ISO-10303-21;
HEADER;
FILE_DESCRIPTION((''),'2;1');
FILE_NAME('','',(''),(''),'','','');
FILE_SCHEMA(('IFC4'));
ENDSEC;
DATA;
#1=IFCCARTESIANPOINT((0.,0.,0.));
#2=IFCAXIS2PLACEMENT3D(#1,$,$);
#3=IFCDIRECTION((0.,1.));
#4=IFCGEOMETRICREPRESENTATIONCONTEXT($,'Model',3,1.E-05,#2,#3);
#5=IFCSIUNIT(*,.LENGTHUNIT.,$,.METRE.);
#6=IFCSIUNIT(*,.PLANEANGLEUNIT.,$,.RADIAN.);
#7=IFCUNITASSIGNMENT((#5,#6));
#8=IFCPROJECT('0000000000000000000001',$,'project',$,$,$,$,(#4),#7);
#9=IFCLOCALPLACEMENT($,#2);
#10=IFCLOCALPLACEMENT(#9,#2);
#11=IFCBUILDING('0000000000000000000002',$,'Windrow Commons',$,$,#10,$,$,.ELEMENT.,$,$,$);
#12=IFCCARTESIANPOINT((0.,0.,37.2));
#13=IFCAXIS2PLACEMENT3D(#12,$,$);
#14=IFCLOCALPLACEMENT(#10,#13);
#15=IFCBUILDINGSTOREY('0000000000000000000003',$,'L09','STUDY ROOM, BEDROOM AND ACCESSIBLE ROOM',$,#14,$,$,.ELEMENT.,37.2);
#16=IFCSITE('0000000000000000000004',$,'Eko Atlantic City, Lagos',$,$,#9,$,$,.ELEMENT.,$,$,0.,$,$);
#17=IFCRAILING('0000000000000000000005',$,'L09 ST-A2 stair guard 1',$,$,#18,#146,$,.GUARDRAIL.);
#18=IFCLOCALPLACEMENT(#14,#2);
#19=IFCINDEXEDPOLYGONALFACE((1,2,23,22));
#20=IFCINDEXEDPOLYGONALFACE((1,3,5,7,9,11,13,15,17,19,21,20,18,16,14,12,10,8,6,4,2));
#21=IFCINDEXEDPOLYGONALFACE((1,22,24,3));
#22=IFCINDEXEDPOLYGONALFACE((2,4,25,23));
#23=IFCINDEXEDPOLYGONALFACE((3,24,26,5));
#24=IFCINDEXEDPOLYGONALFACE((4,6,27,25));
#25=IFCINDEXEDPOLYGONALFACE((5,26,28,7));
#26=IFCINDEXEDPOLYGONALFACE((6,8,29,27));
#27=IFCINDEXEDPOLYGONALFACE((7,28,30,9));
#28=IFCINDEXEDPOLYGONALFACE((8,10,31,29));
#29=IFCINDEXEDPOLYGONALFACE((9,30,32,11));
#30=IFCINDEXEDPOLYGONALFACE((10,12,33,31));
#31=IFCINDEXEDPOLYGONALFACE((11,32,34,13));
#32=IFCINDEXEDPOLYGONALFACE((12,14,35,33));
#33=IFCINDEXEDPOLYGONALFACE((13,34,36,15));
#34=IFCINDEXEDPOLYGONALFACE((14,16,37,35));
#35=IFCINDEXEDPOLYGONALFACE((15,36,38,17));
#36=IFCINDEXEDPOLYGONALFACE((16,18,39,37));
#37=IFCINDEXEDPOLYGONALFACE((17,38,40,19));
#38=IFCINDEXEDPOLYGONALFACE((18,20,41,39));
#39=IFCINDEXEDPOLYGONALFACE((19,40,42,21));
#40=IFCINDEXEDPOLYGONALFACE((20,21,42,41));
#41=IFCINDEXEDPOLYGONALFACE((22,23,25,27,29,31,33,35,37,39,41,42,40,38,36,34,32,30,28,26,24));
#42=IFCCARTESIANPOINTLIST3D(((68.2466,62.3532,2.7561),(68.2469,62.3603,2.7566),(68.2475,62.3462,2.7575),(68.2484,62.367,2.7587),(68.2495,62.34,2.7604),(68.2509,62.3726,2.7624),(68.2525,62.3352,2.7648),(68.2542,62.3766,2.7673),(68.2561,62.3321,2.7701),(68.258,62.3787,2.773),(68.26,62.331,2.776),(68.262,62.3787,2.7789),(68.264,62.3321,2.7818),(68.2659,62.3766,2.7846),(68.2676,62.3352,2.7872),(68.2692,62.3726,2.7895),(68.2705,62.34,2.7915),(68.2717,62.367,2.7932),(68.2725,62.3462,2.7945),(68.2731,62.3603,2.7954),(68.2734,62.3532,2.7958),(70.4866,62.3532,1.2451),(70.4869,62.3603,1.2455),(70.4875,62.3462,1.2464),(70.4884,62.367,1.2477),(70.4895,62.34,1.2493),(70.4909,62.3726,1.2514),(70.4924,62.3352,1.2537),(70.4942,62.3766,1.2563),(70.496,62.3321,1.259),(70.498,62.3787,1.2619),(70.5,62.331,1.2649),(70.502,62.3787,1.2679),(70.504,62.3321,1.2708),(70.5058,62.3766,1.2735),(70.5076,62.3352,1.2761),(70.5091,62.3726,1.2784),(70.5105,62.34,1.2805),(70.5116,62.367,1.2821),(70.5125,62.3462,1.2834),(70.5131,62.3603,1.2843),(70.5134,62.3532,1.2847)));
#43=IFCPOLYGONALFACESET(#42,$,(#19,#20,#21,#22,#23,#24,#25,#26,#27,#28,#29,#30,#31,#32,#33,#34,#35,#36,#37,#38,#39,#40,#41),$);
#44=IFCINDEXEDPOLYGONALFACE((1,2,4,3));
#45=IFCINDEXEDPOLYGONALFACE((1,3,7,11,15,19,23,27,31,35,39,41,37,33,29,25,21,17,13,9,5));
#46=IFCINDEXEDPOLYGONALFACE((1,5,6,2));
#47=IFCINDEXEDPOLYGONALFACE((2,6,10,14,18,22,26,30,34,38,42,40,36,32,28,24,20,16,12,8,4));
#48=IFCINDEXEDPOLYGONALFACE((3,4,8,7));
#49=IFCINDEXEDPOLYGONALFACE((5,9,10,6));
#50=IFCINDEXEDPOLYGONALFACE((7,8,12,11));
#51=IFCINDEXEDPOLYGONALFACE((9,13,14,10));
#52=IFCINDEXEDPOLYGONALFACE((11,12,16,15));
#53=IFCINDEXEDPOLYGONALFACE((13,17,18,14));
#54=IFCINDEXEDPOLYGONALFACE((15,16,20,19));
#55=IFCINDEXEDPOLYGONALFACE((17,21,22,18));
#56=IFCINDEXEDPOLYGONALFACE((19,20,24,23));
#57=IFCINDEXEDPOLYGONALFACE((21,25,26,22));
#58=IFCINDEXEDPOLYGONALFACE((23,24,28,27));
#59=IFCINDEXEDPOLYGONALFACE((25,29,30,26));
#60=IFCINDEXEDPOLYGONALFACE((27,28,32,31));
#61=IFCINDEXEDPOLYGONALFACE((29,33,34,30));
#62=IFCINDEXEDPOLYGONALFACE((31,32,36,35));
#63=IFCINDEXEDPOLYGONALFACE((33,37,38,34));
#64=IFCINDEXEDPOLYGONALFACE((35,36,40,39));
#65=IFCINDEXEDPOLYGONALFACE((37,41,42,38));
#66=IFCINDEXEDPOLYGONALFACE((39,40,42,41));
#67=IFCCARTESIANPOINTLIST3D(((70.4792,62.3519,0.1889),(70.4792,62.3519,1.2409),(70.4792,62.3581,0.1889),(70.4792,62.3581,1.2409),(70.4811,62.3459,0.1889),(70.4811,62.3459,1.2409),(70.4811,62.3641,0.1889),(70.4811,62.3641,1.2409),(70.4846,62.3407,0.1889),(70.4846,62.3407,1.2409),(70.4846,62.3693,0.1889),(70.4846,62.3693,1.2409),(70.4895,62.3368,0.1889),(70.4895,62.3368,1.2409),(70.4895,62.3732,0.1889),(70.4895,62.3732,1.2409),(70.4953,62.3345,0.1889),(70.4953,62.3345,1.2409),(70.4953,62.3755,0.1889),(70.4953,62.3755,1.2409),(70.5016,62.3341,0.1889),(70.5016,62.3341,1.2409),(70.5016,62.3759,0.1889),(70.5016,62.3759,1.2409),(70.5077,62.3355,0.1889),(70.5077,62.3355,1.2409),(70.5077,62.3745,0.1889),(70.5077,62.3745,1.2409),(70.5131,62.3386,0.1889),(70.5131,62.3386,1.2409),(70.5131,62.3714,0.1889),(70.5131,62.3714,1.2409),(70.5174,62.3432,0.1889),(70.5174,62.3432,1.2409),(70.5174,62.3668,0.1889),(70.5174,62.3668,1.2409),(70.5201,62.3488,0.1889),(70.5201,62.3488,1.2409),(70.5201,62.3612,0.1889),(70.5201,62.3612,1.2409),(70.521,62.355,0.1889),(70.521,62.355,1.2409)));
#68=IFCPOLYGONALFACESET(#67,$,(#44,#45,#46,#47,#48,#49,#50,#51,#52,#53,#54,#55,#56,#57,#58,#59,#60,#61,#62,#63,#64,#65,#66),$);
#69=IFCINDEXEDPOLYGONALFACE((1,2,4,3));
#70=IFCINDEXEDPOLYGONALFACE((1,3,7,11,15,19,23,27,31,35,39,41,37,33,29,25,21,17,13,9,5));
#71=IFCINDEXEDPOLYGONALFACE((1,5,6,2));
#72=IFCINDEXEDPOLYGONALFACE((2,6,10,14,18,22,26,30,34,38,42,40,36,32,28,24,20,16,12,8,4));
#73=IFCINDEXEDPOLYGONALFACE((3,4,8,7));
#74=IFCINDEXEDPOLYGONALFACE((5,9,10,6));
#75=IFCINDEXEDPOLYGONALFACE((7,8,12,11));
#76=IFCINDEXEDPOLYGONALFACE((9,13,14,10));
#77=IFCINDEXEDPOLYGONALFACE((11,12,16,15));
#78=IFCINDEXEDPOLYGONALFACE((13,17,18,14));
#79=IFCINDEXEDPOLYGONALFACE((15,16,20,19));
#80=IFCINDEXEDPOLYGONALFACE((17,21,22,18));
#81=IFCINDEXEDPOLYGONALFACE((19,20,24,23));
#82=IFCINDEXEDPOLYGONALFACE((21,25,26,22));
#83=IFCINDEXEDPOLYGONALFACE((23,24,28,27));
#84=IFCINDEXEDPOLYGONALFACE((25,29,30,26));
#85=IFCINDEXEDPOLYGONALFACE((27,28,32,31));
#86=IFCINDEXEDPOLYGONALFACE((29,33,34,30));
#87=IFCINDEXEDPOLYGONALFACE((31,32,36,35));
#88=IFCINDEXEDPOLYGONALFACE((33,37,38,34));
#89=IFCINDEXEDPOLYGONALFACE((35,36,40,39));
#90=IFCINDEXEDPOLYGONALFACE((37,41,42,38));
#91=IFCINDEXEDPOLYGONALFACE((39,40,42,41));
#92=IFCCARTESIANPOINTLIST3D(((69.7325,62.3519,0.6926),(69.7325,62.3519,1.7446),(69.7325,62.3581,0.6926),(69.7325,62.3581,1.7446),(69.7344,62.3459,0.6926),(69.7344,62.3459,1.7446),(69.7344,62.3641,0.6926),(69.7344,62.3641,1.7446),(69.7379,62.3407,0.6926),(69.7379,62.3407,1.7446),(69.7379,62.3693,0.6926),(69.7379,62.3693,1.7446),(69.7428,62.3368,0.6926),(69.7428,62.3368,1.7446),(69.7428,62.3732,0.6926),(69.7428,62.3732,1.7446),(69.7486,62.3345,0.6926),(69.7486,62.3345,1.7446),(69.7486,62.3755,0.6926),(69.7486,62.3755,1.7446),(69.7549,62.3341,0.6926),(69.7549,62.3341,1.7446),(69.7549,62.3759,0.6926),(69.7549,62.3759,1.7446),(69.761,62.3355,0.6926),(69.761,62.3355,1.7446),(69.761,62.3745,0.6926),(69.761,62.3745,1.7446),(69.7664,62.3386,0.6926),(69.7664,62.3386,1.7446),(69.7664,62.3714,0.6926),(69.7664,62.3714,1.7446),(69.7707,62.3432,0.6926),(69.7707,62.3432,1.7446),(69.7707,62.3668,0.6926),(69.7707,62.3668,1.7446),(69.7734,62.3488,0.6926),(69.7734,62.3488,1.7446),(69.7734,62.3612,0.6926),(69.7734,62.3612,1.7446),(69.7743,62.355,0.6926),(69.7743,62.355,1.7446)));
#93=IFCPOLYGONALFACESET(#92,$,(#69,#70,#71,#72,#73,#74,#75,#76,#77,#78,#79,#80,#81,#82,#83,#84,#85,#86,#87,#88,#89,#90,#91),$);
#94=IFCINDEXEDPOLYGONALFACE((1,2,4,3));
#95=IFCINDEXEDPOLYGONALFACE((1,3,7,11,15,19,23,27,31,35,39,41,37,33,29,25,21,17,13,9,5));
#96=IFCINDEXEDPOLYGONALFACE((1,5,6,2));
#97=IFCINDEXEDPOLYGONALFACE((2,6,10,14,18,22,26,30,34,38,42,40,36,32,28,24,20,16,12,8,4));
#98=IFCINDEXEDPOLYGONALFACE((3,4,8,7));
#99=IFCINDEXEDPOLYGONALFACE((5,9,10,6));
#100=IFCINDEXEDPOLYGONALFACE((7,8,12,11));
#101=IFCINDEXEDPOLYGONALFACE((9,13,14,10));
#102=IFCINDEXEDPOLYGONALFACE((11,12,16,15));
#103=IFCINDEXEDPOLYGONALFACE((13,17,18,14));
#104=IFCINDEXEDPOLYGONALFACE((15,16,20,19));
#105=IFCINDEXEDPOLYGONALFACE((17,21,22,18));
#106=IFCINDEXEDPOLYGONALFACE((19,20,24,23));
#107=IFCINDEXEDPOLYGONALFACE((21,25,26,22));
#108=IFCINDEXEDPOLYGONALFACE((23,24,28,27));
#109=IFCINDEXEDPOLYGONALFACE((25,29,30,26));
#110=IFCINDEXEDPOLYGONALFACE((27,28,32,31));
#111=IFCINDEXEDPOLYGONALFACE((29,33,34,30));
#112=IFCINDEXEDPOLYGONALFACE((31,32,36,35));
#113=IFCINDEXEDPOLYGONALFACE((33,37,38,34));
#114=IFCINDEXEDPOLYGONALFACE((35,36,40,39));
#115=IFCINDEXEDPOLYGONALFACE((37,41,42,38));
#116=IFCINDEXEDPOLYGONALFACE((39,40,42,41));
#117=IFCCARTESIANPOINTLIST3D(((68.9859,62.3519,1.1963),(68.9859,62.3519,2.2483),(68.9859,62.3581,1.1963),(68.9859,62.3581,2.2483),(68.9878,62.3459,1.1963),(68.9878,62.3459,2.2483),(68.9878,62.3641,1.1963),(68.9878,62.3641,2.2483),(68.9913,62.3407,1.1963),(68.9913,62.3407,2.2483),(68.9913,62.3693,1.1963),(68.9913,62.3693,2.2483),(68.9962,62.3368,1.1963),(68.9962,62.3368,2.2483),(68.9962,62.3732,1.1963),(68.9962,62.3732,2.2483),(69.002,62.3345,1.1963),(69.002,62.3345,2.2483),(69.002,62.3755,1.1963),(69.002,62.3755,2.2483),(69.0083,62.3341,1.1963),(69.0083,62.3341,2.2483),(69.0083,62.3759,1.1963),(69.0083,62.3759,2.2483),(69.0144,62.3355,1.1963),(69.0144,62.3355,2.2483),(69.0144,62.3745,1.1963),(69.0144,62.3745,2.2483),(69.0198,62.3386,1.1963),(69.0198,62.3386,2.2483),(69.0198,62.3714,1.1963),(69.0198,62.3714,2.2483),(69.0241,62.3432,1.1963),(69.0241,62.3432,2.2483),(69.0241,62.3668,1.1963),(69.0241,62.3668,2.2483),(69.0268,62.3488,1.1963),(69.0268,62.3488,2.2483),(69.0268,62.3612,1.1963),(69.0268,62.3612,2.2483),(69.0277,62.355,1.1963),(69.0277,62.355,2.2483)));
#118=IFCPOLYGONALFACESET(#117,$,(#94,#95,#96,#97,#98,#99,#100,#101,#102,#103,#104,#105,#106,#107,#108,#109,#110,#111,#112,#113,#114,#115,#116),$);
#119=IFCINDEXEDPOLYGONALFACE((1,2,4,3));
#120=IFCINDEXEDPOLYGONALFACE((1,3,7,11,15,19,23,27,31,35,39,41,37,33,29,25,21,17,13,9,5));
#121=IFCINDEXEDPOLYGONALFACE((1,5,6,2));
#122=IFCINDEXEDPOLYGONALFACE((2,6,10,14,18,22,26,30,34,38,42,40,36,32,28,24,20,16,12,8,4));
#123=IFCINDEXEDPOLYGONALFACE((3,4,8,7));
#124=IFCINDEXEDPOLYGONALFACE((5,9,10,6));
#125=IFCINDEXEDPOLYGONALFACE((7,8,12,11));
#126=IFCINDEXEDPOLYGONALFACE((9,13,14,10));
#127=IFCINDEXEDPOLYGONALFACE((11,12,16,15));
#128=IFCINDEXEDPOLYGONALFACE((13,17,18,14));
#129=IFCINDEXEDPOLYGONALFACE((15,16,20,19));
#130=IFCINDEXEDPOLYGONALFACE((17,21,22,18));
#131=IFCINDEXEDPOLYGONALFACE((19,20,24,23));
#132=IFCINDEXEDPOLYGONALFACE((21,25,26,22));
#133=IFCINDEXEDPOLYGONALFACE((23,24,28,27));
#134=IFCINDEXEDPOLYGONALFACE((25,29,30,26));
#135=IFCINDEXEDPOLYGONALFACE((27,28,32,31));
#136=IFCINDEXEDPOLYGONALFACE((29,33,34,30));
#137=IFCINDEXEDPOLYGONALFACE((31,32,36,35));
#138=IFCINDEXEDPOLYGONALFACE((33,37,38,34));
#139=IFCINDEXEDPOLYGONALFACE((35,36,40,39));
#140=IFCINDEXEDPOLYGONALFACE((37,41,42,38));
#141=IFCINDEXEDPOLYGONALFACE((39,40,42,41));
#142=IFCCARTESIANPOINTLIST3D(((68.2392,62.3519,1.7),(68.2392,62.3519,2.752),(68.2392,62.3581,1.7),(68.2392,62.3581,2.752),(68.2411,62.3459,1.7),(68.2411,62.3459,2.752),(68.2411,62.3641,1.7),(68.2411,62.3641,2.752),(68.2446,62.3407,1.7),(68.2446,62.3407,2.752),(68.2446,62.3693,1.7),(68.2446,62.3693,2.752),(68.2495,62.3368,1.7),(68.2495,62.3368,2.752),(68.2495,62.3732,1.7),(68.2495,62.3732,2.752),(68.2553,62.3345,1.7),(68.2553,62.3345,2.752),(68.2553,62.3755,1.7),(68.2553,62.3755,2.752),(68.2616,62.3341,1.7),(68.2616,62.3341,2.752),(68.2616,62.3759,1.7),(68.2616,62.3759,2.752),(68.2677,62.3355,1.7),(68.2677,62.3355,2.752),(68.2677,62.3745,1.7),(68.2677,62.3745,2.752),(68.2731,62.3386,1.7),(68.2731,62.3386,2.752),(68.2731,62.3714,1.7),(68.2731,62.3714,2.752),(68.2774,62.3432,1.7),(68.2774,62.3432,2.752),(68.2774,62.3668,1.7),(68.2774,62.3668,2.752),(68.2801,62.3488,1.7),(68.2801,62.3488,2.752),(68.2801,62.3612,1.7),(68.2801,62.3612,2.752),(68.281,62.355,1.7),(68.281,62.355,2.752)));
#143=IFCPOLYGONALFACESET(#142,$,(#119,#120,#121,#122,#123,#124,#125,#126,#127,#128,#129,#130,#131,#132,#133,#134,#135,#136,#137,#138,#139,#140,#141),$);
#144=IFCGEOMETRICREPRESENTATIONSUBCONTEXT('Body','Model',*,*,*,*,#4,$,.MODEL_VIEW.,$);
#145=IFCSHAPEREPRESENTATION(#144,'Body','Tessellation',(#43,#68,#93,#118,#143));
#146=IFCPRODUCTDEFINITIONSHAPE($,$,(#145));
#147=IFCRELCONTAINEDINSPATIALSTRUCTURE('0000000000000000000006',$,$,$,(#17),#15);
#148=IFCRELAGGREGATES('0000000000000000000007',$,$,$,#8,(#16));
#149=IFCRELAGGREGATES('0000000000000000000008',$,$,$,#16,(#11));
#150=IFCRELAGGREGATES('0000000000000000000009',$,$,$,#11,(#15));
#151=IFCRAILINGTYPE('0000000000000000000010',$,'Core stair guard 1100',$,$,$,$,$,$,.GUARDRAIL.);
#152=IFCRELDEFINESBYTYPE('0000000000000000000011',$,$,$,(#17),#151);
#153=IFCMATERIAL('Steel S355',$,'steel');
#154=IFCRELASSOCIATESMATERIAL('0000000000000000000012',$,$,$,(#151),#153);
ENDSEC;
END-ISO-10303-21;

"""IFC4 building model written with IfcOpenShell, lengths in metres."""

from ifc_helpers import new_model, si_unit, direction, frame, origin, origin_2d, place, context, subcontext, project, spatial, circle, extrude, material, type_object, element, save


model = new_model("IFC4")

# Units and contexts
model_context = context("Model", 3, precision=1e-05, world=origin(), true_north=direction((0.0, 1.0)))
body_context = subcontext(model_context, "Body", "Model", "MODEL_VIEW")
ifc_project = project(units=[si_unit("LENGTHUNIT", "METRE"), si_unit("PLANEANGLEUNIT", "RADIAN")], contexts=[model_context])

# Site, building, storey
site_placement = place(None, origin())
site = spatial("IfcSite", under=ifc_project, at=site_placement, Name="Eko Atlantic City, Lagos", CompositionType="ELEMENT", RefElevation=0.0)
building_placement = place(site_placement, origin())
building = spatial("IfcBuilding", under=site, at=building_placement, Name="Windrow Commons", CompositionType="ELEMENT")
storey_placement = place(building_placement, frame((0.0, 0.0, 37.2)))
storey = spatial("IfcBuildingStorey", under=building, at=storey_placement, Name="L09", Description="STUDY ROOM, BEDROOM AND ACCESSIBLE ROOM", CompositionType="ELEMENT", Elevation=37.2)

# Railing
ifc_material_1 = material(Name="Steel S355", Category="steel")
railing_type_1 = type_object("IfcRailingType", Name="Core stair guard 1100", PredefinedType="GUARDRAIL", material=ifc_material_1)
railing_1_placement = place(storey_placement, frame((70.5, 62.355, 0.1889)))
element("IfcRailing", 1, at=railing_1_placement, inside=storey, type_object=railing_type_1, Name="L09 ST-A2 stair guard 1", PredefinedType="GUARDRAIL", context=body_context, shape_type="SweptSolid", body=[
    extrude(circle(Radius=0.024, at=origin_2d()), frame((0.0, 0.0, 1.076), z_axis=(-0.829003, 0.0, 0.559244), x_axis=(0.0, -1.0, 0.0)), (0.0, 0.0, 1.0), 2.702),
    extrude(circle(Radius=0.021, at=origin_2d()), origin(), (0.0, 0.0, 1.0), 1.052),
    extrude(circle(Radius=0.021, at=origin_2d()), frame((-0.7467, 0.0, 0.5037)), (0.0, 0.0, 1.0), 1.052),
    extrude(circle(Radius=0.021, at=origin_2d()), frame((-1.4933, 0.0, 1.0074)), (0.0, 0.0, 1.0), 1.052),
    extrude(circle(Radius=0.021, at=origin_2d()), frame((-2.24, 0.0, 1.5111)), (0.0, 0.0, 1.0), 1.052),
])

save(model, "model.ifc")
